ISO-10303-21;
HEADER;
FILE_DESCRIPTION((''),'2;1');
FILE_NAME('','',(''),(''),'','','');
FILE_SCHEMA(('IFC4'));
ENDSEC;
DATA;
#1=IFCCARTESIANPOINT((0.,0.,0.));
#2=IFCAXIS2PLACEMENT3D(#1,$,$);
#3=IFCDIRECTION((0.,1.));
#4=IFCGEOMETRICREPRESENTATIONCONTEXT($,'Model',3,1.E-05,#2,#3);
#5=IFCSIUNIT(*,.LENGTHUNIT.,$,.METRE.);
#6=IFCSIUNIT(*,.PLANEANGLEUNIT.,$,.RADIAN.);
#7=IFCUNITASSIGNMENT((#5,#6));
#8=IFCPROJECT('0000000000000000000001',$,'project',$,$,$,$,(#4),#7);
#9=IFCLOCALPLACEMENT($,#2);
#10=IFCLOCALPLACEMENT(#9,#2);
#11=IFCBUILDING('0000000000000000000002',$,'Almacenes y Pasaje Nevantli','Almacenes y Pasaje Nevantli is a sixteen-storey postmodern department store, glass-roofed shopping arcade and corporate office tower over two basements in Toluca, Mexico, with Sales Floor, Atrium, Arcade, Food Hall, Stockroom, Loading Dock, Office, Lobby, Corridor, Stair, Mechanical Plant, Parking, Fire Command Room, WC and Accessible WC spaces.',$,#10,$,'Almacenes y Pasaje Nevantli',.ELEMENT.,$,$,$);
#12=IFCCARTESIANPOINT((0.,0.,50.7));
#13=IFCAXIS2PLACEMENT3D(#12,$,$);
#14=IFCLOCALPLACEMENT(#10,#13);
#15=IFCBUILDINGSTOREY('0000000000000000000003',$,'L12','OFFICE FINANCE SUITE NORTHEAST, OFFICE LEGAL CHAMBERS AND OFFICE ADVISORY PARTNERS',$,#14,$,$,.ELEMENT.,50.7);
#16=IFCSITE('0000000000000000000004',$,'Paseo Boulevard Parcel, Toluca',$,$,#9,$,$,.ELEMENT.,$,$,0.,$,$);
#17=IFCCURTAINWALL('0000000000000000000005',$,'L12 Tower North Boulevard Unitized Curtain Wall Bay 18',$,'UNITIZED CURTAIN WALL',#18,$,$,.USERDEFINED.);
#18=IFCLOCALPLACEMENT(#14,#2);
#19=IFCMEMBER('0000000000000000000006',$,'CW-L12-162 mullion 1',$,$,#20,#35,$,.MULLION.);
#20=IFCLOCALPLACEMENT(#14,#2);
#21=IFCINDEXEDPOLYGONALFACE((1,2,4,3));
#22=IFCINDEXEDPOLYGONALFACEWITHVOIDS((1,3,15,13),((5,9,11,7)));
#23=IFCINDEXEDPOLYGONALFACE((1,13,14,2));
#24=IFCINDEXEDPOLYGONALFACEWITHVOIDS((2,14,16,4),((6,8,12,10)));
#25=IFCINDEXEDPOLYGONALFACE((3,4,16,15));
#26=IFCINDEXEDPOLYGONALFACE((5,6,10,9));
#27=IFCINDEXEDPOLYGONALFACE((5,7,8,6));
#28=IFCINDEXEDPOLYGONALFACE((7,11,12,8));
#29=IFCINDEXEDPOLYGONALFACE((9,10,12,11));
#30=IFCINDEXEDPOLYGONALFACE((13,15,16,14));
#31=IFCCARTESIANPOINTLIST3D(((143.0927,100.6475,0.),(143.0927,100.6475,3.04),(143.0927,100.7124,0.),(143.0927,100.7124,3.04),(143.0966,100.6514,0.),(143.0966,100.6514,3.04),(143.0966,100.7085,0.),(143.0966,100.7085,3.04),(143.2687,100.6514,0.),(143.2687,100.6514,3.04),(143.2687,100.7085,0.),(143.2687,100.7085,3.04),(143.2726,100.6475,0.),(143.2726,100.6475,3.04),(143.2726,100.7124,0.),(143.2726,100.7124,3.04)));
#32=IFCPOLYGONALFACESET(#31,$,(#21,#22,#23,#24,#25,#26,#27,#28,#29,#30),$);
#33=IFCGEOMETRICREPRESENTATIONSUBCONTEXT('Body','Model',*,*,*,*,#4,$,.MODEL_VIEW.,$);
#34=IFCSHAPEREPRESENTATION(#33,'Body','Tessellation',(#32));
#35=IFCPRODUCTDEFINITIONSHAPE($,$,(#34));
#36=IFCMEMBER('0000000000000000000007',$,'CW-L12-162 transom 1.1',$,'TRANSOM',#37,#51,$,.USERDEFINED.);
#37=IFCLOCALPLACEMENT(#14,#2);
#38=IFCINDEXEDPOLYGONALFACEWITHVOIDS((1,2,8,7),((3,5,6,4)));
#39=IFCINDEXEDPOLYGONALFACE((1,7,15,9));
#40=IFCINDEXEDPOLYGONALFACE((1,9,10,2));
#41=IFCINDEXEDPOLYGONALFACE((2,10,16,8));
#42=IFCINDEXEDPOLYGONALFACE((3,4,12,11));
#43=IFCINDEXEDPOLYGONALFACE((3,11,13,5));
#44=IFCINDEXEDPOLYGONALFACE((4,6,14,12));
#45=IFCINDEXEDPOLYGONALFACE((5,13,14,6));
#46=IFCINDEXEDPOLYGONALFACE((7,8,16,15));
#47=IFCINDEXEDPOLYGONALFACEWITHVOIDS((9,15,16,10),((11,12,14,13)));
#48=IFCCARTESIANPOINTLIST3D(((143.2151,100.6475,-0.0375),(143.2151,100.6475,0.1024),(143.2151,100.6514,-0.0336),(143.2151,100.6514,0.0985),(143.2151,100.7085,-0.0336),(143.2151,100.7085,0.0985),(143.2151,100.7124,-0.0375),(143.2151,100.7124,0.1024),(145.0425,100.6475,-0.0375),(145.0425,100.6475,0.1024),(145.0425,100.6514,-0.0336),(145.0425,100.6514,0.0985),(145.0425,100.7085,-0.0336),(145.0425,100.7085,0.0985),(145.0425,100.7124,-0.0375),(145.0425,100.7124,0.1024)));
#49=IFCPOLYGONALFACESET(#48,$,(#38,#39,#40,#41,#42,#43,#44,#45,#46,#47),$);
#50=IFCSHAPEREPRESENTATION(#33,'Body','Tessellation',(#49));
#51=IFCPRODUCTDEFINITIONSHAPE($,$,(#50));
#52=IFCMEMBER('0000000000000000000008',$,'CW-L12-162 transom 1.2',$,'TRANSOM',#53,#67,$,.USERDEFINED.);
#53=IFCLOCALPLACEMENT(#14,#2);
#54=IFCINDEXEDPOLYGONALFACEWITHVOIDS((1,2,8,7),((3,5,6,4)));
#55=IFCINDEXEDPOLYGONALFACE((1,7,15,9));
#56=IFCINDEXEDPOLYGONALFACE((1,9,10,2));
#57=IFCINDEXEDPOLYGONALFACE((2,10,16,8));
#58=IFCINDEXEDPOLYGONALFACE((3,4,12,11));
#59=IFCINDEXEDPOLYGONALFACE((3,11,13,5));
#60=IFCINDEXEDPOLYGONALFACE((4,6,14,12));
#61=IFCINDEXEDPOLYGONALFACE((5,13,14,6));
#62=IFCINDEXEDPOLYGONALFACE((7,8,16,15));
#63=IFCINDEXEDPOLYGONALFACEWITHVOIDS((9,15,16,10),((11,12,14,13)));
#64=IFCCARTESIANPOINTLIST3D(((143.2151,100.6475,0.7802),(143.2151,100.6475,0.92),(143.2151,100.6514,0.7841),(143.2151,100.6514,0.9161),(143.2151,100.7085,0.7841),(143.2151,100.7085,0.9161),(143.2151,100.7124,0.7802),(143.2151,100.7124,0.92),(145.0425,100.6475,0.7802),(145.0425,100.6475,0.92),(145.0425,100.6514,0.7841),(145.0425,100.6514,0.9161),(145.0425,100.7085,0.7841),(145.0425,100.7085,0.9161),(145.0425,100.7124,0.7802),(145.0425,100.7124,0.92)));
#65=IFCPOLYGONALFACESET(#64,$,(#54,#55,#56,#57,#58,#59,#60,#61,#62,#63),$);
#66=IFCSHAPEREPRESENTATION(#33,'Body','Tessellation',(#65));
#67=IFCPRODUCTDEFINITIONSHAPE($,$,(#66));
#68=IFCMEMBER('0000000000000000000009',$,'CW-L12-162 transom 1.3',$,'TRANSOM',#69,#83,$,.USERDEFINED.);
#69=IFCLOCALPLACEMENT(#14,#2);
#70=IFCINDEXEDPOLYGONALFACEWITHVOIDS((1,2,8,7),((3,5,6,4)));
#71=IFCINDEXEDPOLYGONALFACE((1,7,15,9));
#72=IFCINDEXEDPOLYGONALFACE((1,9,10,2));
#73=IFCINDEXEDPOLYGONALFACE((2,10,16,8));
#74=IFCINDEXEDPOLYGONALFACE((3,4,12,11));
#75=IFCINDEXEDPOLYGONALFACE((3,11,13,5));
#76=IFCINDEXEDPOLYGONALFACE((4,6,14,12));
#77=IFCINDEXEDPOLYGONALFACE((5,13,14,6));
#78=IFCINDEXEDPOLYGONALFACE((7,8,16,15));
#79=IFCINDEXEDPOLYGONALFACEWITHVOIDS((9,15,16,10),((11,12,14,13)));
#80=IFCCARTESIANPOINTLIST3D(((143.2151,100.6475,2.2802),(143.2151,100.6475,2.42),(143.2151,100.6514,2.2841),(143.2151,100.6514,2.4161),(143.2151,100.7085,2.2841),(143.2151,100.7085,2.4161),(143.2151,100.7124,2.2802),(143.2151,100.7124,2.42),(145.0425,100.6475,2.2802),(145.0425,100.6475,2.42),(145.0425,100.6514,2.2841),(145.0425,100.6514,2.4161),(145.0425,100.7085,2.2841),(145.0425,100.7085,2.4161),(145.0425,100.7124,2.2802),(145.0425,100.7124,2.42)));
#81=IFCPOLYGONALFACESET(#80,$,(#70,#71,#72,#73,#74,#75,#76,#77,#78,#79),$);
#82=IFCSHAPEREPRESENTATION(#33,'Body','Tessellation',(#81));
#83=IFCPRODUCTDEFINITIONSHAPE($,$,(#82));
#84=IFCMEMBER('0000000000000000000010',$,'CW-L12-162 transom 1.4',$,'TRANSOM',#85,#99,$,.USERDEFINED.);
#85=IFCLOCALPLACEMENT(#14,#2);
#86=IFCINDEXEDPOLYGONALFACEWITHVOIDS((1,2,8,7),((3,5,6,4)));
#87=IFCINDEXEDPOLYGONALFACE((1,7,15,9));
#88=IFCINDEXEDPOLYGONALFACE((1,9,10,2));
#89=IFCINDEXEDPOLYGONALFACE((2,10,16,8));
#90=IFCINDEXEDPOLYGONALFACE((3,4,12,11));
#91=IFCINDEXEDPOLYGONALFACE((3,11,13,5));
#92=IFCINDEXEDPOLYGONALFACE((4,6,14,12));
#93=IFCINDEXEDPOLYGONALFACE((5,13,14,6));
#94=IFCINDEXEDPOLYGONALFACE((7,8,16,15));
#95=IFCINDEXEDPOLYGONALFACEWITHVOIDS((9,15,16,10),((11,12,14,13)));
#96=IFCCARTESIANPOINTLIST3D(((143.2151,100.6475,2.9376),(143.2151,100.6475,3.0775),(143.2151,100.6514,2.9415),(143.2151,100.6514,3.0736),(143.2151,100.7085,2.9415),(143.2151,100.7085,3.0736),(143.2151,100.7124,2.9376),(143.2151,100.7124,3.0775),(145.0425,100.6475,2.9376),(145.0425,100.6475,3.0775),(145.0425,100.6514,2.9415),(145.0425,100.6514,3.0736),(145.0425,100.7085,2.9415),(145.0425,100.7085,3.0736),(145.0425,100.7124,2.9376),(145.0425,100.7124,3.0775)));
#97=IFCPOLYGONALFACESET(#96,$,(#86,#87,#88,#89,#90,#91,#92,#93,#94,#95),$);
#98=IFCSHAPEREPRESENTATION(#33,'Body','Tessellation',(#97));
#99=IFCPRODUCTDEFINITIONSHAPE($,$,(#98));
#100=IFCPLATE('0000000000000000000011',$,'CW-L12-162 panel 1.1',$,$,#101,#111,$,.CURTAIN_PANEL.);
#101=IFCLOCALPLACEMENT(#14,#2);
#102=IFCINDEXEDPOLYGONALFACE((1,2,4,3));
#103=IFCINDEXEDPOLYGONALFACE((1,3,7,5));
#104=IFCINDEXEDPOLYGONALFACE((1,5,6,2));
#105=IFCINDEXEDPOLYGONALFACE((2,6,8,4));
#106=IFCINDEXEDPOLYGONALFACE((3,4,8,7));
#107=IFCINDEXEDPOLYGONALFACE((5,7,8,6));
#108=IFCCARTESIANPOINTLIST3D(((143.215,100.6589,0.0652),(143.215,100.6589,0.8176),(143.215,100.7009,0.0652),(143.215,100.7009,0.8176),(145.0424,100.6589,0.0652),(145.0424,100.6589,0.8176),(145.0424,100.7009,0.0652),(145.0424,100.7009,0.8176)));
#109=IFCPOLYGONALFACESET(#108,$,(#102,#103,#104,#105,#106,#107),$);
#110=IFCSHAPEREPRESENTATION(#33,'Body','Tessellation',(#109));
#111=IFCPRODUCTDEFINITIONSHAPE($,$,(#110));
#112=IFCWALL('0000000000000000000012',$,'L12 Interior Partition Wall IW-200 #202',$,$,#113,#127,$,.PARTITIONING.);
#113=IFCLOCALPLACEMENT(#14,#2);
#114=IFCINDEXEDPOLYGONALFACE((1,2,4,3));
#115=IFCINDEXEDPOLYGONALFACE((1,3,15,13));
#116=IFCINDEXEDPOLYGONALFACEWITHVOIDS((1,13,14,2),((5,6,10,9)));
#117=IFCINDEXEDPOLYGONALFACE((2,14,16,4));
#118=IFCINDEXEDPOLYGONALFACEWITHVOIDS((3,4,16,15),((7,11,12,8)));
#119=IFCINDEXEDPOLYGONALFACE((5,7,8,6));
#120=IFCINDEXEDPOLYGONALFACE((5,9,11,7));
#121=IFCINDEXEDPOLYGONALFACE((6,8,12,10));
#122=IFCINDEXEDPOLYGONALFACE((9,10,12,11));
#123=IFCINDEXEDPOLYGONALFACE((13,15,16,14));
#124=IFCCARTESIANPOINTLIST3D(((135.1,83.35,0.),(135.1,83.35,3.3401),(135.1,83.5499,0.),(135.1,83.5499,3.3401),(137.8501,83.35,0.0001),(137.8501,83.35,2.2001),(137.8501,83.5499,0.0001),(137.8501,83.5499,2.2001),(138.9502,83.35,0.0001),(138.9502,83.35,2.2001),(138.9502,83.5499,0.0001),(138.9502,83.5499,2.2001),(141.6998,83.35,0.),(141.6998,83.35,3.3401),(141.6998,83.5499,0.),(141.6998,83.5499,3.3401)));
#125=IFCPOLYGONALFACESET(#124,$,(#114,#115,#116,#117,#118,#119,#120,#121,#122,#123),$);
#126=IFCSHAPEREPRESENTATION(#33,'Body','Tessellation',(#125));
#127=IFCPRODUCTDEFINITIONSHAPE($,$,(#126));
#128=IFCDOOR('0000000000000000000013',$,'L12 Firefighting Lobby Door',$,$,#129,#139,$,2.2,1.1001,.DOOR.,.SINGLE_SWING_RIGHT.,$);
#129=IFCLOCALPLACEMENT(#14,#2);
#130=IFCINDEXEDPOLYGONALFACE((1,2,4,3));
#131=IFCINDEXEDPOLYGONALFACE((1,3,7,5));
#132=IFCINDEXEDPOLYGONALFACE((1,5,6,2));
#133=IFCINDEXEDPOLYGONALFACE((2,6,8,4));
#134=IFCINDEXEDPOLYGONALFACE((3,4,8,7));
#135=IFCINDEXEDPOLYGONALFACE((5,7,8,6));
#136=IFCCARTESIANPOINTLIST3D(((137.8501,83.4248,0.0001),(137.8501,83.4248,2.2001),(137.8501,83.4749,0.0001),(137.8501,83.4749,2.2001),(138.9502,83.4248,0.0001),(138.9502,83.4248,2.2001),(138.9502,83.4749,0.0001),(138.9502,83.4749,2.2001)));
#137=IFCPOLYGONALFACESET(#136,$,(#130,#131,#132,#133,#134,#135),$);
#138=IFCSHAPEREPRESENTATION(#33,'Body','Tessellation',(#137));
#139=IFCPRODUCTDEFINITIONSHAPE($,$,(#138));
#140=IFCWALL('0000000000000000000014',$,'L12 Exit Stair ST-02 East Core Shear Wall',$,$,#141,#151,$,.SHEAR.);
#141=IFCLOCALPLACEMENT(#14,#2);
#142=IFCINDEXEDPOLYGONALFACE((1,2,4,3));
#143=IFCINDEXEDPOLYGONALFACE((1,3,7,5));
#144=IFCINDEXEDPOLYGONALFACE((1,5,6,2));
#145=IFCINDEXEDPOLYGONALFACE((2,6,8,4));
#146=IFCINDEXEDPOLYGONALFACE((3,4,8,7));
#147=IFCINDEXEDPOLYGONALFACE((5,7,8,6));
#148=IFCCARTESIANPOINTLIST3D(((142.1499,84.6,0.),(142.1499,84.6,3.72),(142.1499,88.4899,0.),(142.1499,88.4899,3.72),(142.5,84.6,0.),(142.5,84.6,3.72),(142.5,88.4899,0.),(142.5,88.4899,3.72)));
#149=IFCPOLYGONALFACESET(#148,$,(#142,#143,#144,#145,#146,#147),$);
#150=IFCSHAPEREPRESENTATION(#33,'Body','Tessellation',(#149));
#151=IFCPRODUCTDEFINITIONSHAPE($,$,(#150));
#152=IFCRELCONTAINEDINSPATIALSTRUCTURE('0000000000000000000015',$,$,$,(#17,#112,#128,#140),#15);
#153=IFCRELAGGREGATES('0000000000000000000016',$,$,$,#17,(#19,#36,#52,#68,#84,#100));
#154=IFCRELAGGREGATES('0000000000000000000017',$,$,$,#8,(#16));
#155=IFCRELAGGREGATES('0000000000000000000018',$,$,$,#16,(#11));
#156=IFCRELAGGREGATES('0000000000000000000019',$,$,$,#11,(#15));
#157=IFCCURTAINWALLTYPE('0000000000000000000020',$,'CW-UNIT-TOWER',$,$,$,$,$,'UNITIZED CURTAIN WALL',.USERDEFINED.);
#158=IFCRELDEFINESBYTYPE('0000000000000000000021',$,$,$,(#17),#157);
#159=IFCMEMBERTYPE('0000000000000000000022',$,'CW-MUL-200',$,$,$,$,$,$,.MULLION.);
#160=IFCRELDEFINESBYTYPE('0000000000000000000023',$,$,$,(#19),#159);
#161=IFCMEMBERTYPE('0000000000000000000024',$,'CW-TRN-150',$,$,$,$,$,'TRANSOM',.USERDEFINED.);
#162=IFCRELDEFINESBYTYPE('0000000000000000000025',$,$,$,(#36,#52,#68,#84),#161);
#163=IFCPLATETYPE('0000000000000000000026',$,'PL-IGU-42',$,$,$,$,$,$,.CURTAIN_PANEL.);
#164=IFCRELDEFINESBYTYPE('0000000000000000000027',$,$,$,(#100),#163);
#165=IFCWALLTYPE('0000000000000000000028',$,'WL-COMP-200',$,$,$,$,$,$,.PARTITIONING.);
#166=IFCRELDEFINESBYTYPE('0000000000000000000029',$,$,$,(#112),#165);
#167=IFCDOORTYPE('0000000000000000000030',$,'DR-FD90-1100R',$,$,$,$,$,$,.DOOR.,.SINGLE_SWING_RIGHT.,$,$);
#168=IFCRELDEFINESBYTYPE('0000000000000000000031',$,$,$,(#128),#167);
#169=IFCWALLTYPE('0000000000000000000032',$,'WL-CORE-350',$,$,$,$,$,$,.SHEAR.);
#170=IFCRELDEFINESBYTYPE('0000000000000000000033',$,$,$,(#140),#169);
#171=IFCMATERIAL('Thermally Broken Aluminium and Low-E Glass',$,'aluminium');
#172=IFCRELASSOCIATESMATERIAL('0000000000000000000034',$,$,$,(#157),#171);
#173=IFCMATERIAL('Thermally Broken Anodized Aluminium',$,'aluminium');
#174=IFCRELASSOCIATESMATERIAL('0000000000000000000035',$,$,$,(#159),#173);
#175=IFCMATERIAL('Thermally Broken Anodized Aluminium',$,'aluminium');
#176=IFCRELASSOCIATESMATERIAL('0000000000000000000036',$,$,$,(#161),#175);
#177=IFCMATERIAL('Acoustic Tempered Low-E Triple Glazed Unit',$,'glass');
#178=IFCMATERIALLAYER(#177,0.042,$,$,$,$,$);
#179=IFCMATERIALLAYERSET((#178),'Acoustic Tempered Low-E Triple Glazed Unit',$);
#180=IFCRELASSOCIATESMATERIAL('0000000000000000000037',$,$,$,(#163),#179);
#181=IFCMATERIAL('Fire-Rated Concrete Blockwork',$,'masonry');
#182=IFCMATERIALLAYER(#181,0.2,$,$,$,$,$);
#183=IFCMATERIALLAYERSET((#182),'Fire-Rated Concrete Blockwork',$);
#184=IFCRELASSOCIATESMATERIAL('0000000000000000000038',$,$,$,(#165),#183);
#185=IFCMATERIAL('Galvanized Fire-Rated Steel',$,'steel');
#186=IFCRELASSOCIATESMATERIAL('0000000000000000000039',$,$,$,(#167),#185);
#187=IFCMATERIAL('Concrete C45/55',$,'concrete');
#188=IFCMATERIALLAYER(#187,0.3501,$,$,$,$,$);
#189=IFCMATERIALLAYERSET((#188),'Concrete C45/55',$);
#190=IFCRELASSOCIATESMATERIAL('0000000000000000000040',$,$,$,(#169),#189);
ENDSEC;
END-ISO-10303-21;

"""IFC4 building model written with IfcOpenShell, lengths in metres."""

from ifc_helpers import new_model, si_unit, direction, frame, frame_2d, origin, origin_2d, place, context, subcontext, project, spatial, rectangle, hollow_rectangle, extrude, material, layer, layer_set, material_profile, profile_set, type_object, element, fill, aggregate, save


model = new_model("IFC4")

# Units and contexts
model_context = context("Model", 3, precision=1e-05, world=origin(), true_north=direction((0.0, 1.0)))
body_context = subcontext(model_context, "Body", "Model", "MODEL_VIEW")
ifc_project = project(units=[si_unit("LENGTHUNIT", "METRE"), si_unit("PLANEANGLEUNIT", "RADIAN")], contexts=[model_context])

# Site, building, storey
site_placement = place(None, origin())
site = spatial("IfcSite", under=ifc_project, at=site_placement, Name="Paseo Boulevard Parcel, Toluca", CompositionType="ELEMENT", RefElevation=0.0)
building_placement = place(site_placement, origin())
building = spatial("IfcBuilding", under=site, at=building_placement, Name="Almacenes y Pasaje Nevantli", Description="Almacenes y Pasaje Nevantli is a sixteen-storey postmodern department store, glass-roofed shopping arcade and corporate office tower over two basements in Toluca, Mexico, with Sales Floor, Atrium, Arcade, Food Hall, Stockroom, Loading Dock, Office, Lobby, Corridor, Stair, Mechanical Plant, Parking, Fire Command Room, WC and Accessible WC spaces.", LongName="Almacenes y Pasaje Nevantli", CompositionType="ELEMENT")
storey_placement = place(building_placement, frame((0.0, 0.0, 50.7)))
storey = spatial("IfcBuildingStorey", under=building, at=storey_placement, Name="L12", Description="OFFICE FINANCE SUITE NORTHEAST, OFFICE LEGAL CHAMBERS AND OFFICE ADVISORY PARTNERS", CompositionType="ELEMENT", Elevation=50.7)

# Curtain wall, members, plate
ifc_material_1 = material(Name="Thermally Broken Aluminium and Low-E Glass", Category="aluminium")
curtain_wall_type = type_object("IfcCurtainWallType", Name="CW-UNIT-TOWER", ElementType="UNITIZED CURTAIN WALL", PredefinedType="USERDEFINED", material=ifc_material_1)
curtain_wall_placement = place(storey_placement, origin())
curtain_wall = element("IfcCurtainWall", 1, at=curtain_wall_placement, inside=storey, type_object=curtain_wall_type, Name="L12 Tower North Boulevard Unitized Curtain Wall Bay 18", ObjectType="UNITIZED CURTAIN WALL", PredefinedType="USERDEFINED")
ifc_material_2 = material(Name="Thermally Broken Anodized Aluminium", Category="aluminium")
ifc_material_profile_1 = material_profile(ifc_material_2, hollow_rectangle(XDim=0.0649, YDim=0.1799, WallThickness=0.0039, at=origin_2d()), Name="ALU-MUL-65x180")
ifc_profile_set_1 = profile_set([ifc_material_profile_1], Name="Thermally Broken Anodized Aluminium")
member_type_1 = type_object("IfcMemberType", Name="CW-MUL-200", PredefinedType="MULLION", material=ifc_profile_set_1)
member_1_placement = place(storey_placement, frame((143.1826, 100.6799, 0.0), z_axis=(0.0, 0.0, 1.0), x_axis=(0.0, 1.0, 0.0)))
member_1 = element("IfcMember", 2, at=member_1_placement, type_object=member_type_1, Name="CW-L12-162 mullion 1", PredefinedType="MULLION", context=body_context, shape_type="SweptSolid", body=[
    extrude(hollow_rectangle(XDim=0.0649, YDim=0.1799, WallThickness=0.0039, at=origin_2d()), origin(), (0.0, 0.0, 1.0), 3.04),
])
ifc_material_3 = material(Name="Thermally Broken Anodized Aluminium", Category="aluminium")
ifc_material_profile_2 = material_profile(ifc_material_3, hollow_rectangle(XDim=0.0649, YDim=0.1399, WallThickness=0.0039, at=origin_2d()), Name="ALU-TRN-65x140")
ifc_profile_set_2 = profile_set([ifc_material_profile_2], Name="Thermally Broken Anodized Aluminium")
member_type_2 = type_object("IfcMemberType", Name="CW-TRN-150", ElementType="TRANSOM", PredefinedType="USERDEFINED", material=ifc_profile_set_2)
member_2_placement = place(storey_placement, frame((143.2151, 100.6799, 0.0325), z_axis=(1.0, 0.0, 0.0), x_axis=(0.0, 1.0, 0.0)))
member_2 = element("IfcMember", 3, at=member_2_placement, type_object=member_type_2, Name="CW-L12-162 transom 1.1", ObjectType="TRANSOM", PredefinedType="USERDEFINED", context=body_context, shape_type="SweptSolid", body=[
    extrude(hollow_rectangle(XDim=0.0649, YDim=0.1399, WallThickness=0.0039, at=origin_2d()), origin(), (0.0, 0.0, 1.0), 1.8274),
])
member_3_placement = place(storey_placement, frame((143.2151, 100.6799, 0.8501), z_axis=(1.0, 0.0, 0.0), x_axis=(0.0, 1.0, 0.0)))
member_3 = element("IfcMember", 4, at=member_3_placement, type_object=member_type_2, Name="CW-L12-162 transom 1.2", ObjectType="TRANSOM", PredefinedType="USERDEFINED", context=body_context, shape_type="SweptSolid", body=[
    extrude(hollow_rectangle(XDim=0.0649, YDim=0.1399, WallThickness=0.0039, at=origin_2d()), origin(), (0.0, 0.0, 1.0), 1.8274),
])
member_4_placement = place(storey_placement, frame((143.2151, 100.6799, 2.3501), z_axis=(1.0, 0.0, 0.0), x_axis=(0.0, 1.0, 0.0)))
member_4 = element("IfcMember", 5, at=member_4_placement, type_object=member_type_2, Name="CW-L12-162 transom 1.3", ObjectType="TRANSOM", PredefinedType="USERDEFINED", context=body_context, shape_type="SweptSolid", body=[
    extrude(hollow_rectangle(XDim=0.0649, YDim=0.1399, WallThickness=0.0039, at=origin_2d()), origin(), (0.0, 0.0, 1.0), 1.8274),
])
member_5_placement = place(storey_placement, frame((143.2151, 100.6799, 3.0076), z_axis=(1.0, 0.0, 0.0), x_axis=(0.0, 1.0, 0.0)))
member_5 = element("IfcMember", 6, at=member_5_placement, type_object=member_type_2, Name="CW-L12-162 transom 1.4", ObjectType="TRANSOM", PredefinedType="USERDEFINED", context=body_context, shape_type="SweptSolid", body=[
    extrude(hollow_rectangle(XDim=0.0649, YDim=0.1399, WallThickness=0.0039, at=origin_2d()), origin(), (0.0, 0.0, 1.0), 1.8274),
])
ifc_material_4 = material(Name="Acoustic Tempered Low-E Triple Glazed Unit", Category="glass")
ifc_layer_1 = layer(ifc_material_4, 0.042)
ifc_layer_set_1 = layer_set([ifc_layer_1], Name="Acoustic Tempered Low-E Triple Glazed Unit")
plate_type = type_object("IfcPlateType", Name="PL-IGU-42", PredefinedType="CURTAIN_PANEL", material=ifc_layer_set_1)
plate_placement = place(storey_placement, frame((144.1287, 100.6799, 0.0652), z_axis=(0.0, 0.0, 1.0), x_axis=(1.0, 0.0, 0.0)))
plate = element("IfcPlate", 7, at=plate_placement, type_object=plate_type, Name="CW-L12-162 panel 1.1", PredefinedType="CURTAIN_PANEL", context=body_context, shape_type="SweptSolid", body=[
    extrude(rectangle(XDim=1.8274, YDim=0.042, at=origin_2d()), origin(), (0.0, 0.0, 1.0), 0.7524),
])
aggregate(curtain_wall, [member_1, member_2, member_3, member_4, member_5, plate])

# Wall, opening, door
ifc_material_5 = material(Name="Fire-Rated Concrete Blockwork", Category="masonry")
ifc_layer_2 = layer(ifc_material_5, 0.2)
ifc_layer_set_2 = layer_set([ifc_layer_2], Name="Fire-Rated Concrete Blockwork")
wall_type_1 = type_object("IfcWallType", Name="WL-COMP-200", PredefinedType="PARTITIONING", material=ifc_layer_set_2)
wall_1_placement = place(storey_placement, frame((135.1001, 83.45, 0.0), z_axis=(0.0, 0.0, 1.0), x_axis=(1.0, 0.0, 0.0)))
wall_1 = element("IfcWall", 8, at=wall_1_placement, inside=storey, type_object=wall_type_1, Name="L12 Interior Partition Wall IW-200 #202", PredefinedType="PARTITIONING", context=body_context, shape_type="SweptSolid", body=[
    extrude(rectangle(XDim=6.5999, YDim=0.2, at=frame_2d((3.2998, 0.0))), origin(), (0.0, 0.0, 1.0), 3.3401),
])
opening_placement = place(wall_1_placement, frame((2.75, 0.0, 0.0)))
opening = element("IfcOpeningElement", 9, at=opening_placement, cuts=wall_1, PredefinedType="OPENING", context=body_context, shape_type="SweptSolid", body=[
    extrude(rectangle(XDim=1.1001, YDim=2.2, at=frame_2d((0.55, 1.1001))), frame((0.0, 0.1099, 0.0), z_axis=(0.0, -1.0, 0.0), x_axis=(1.0, 0.0, 0.0)), (0.0, 0.0, 1.0), 0.22),
])
ifc_material_6 = material(Name="Galvanized Fire-Rated Steel", Category="steel")
door_type = type_object("IfcDoorType", Name="DR-FD90-1100R", OperationType="SINGLE_SWING_RIGHT", PredefinedType="DOOR", material=ifc_material_6)
door_placement = place(opening_placement, origin())
door = element("IfcDoor", 10, at=door_placement, inside=storey, type_object=door_type, Name="L12 Firefighting Lobby Door", OperationType="SINGLE_SWING_RIGHT", OverallHeight=2.2, OverallWidth=1.1001, PredefinedType="DOOR", context=body_context, shape_type="SweptSolid", body=[
    extrude(rectangle(XDim=1.1001, YDim=2.2, at=frame_2d((0.55, 1.1001))), frame((0.0, 0.0249, 0.0), z_axis=(0.0, -1.0, 0.0), x_axis=(1.0, 0.0, 0.0)), (0.0, 0.0, 1.0), 0.05),
])
fill(opening, door)

# Wall
ifc_material_7 = material(Name="Concrete C45/55", Category="concrete")
ifc_layer_3 = layer(ifc_material_7, 0.3501)
ifc_layer_set_3 = layer_set([ifc_layer_3], Name="Concrete C45/55")
wall_type_2 = type_object("IfcWallType", Name="WL-CORE-350", PredefinedType="SHEAR", material=ifc_layer_set_3)
wall_2_placement = place(storey_placement, frame((142.325, 84.6001, 0.0), z_axis=(0.0, 0.0, 1.0), x_axis=(0.0, 1.0, 0.0)))
element("IfcWall", 11, at=wall_2_placement, inside=storey, type_object=wall_type_2, Name="L12 Exit Stair ST-02 East Core Shear Wall", PredefinedType="SHEAR", context=body_context, shape_type="SweptSolid", body=[
    extrude(rectangle(XDim=3.8899, YDim=0.3501, at=frame_2d((1.9448, 0.0))), origin(), (0.0, 0.0, 1.0), 3.72),
])

save(model, "model.ifc")
